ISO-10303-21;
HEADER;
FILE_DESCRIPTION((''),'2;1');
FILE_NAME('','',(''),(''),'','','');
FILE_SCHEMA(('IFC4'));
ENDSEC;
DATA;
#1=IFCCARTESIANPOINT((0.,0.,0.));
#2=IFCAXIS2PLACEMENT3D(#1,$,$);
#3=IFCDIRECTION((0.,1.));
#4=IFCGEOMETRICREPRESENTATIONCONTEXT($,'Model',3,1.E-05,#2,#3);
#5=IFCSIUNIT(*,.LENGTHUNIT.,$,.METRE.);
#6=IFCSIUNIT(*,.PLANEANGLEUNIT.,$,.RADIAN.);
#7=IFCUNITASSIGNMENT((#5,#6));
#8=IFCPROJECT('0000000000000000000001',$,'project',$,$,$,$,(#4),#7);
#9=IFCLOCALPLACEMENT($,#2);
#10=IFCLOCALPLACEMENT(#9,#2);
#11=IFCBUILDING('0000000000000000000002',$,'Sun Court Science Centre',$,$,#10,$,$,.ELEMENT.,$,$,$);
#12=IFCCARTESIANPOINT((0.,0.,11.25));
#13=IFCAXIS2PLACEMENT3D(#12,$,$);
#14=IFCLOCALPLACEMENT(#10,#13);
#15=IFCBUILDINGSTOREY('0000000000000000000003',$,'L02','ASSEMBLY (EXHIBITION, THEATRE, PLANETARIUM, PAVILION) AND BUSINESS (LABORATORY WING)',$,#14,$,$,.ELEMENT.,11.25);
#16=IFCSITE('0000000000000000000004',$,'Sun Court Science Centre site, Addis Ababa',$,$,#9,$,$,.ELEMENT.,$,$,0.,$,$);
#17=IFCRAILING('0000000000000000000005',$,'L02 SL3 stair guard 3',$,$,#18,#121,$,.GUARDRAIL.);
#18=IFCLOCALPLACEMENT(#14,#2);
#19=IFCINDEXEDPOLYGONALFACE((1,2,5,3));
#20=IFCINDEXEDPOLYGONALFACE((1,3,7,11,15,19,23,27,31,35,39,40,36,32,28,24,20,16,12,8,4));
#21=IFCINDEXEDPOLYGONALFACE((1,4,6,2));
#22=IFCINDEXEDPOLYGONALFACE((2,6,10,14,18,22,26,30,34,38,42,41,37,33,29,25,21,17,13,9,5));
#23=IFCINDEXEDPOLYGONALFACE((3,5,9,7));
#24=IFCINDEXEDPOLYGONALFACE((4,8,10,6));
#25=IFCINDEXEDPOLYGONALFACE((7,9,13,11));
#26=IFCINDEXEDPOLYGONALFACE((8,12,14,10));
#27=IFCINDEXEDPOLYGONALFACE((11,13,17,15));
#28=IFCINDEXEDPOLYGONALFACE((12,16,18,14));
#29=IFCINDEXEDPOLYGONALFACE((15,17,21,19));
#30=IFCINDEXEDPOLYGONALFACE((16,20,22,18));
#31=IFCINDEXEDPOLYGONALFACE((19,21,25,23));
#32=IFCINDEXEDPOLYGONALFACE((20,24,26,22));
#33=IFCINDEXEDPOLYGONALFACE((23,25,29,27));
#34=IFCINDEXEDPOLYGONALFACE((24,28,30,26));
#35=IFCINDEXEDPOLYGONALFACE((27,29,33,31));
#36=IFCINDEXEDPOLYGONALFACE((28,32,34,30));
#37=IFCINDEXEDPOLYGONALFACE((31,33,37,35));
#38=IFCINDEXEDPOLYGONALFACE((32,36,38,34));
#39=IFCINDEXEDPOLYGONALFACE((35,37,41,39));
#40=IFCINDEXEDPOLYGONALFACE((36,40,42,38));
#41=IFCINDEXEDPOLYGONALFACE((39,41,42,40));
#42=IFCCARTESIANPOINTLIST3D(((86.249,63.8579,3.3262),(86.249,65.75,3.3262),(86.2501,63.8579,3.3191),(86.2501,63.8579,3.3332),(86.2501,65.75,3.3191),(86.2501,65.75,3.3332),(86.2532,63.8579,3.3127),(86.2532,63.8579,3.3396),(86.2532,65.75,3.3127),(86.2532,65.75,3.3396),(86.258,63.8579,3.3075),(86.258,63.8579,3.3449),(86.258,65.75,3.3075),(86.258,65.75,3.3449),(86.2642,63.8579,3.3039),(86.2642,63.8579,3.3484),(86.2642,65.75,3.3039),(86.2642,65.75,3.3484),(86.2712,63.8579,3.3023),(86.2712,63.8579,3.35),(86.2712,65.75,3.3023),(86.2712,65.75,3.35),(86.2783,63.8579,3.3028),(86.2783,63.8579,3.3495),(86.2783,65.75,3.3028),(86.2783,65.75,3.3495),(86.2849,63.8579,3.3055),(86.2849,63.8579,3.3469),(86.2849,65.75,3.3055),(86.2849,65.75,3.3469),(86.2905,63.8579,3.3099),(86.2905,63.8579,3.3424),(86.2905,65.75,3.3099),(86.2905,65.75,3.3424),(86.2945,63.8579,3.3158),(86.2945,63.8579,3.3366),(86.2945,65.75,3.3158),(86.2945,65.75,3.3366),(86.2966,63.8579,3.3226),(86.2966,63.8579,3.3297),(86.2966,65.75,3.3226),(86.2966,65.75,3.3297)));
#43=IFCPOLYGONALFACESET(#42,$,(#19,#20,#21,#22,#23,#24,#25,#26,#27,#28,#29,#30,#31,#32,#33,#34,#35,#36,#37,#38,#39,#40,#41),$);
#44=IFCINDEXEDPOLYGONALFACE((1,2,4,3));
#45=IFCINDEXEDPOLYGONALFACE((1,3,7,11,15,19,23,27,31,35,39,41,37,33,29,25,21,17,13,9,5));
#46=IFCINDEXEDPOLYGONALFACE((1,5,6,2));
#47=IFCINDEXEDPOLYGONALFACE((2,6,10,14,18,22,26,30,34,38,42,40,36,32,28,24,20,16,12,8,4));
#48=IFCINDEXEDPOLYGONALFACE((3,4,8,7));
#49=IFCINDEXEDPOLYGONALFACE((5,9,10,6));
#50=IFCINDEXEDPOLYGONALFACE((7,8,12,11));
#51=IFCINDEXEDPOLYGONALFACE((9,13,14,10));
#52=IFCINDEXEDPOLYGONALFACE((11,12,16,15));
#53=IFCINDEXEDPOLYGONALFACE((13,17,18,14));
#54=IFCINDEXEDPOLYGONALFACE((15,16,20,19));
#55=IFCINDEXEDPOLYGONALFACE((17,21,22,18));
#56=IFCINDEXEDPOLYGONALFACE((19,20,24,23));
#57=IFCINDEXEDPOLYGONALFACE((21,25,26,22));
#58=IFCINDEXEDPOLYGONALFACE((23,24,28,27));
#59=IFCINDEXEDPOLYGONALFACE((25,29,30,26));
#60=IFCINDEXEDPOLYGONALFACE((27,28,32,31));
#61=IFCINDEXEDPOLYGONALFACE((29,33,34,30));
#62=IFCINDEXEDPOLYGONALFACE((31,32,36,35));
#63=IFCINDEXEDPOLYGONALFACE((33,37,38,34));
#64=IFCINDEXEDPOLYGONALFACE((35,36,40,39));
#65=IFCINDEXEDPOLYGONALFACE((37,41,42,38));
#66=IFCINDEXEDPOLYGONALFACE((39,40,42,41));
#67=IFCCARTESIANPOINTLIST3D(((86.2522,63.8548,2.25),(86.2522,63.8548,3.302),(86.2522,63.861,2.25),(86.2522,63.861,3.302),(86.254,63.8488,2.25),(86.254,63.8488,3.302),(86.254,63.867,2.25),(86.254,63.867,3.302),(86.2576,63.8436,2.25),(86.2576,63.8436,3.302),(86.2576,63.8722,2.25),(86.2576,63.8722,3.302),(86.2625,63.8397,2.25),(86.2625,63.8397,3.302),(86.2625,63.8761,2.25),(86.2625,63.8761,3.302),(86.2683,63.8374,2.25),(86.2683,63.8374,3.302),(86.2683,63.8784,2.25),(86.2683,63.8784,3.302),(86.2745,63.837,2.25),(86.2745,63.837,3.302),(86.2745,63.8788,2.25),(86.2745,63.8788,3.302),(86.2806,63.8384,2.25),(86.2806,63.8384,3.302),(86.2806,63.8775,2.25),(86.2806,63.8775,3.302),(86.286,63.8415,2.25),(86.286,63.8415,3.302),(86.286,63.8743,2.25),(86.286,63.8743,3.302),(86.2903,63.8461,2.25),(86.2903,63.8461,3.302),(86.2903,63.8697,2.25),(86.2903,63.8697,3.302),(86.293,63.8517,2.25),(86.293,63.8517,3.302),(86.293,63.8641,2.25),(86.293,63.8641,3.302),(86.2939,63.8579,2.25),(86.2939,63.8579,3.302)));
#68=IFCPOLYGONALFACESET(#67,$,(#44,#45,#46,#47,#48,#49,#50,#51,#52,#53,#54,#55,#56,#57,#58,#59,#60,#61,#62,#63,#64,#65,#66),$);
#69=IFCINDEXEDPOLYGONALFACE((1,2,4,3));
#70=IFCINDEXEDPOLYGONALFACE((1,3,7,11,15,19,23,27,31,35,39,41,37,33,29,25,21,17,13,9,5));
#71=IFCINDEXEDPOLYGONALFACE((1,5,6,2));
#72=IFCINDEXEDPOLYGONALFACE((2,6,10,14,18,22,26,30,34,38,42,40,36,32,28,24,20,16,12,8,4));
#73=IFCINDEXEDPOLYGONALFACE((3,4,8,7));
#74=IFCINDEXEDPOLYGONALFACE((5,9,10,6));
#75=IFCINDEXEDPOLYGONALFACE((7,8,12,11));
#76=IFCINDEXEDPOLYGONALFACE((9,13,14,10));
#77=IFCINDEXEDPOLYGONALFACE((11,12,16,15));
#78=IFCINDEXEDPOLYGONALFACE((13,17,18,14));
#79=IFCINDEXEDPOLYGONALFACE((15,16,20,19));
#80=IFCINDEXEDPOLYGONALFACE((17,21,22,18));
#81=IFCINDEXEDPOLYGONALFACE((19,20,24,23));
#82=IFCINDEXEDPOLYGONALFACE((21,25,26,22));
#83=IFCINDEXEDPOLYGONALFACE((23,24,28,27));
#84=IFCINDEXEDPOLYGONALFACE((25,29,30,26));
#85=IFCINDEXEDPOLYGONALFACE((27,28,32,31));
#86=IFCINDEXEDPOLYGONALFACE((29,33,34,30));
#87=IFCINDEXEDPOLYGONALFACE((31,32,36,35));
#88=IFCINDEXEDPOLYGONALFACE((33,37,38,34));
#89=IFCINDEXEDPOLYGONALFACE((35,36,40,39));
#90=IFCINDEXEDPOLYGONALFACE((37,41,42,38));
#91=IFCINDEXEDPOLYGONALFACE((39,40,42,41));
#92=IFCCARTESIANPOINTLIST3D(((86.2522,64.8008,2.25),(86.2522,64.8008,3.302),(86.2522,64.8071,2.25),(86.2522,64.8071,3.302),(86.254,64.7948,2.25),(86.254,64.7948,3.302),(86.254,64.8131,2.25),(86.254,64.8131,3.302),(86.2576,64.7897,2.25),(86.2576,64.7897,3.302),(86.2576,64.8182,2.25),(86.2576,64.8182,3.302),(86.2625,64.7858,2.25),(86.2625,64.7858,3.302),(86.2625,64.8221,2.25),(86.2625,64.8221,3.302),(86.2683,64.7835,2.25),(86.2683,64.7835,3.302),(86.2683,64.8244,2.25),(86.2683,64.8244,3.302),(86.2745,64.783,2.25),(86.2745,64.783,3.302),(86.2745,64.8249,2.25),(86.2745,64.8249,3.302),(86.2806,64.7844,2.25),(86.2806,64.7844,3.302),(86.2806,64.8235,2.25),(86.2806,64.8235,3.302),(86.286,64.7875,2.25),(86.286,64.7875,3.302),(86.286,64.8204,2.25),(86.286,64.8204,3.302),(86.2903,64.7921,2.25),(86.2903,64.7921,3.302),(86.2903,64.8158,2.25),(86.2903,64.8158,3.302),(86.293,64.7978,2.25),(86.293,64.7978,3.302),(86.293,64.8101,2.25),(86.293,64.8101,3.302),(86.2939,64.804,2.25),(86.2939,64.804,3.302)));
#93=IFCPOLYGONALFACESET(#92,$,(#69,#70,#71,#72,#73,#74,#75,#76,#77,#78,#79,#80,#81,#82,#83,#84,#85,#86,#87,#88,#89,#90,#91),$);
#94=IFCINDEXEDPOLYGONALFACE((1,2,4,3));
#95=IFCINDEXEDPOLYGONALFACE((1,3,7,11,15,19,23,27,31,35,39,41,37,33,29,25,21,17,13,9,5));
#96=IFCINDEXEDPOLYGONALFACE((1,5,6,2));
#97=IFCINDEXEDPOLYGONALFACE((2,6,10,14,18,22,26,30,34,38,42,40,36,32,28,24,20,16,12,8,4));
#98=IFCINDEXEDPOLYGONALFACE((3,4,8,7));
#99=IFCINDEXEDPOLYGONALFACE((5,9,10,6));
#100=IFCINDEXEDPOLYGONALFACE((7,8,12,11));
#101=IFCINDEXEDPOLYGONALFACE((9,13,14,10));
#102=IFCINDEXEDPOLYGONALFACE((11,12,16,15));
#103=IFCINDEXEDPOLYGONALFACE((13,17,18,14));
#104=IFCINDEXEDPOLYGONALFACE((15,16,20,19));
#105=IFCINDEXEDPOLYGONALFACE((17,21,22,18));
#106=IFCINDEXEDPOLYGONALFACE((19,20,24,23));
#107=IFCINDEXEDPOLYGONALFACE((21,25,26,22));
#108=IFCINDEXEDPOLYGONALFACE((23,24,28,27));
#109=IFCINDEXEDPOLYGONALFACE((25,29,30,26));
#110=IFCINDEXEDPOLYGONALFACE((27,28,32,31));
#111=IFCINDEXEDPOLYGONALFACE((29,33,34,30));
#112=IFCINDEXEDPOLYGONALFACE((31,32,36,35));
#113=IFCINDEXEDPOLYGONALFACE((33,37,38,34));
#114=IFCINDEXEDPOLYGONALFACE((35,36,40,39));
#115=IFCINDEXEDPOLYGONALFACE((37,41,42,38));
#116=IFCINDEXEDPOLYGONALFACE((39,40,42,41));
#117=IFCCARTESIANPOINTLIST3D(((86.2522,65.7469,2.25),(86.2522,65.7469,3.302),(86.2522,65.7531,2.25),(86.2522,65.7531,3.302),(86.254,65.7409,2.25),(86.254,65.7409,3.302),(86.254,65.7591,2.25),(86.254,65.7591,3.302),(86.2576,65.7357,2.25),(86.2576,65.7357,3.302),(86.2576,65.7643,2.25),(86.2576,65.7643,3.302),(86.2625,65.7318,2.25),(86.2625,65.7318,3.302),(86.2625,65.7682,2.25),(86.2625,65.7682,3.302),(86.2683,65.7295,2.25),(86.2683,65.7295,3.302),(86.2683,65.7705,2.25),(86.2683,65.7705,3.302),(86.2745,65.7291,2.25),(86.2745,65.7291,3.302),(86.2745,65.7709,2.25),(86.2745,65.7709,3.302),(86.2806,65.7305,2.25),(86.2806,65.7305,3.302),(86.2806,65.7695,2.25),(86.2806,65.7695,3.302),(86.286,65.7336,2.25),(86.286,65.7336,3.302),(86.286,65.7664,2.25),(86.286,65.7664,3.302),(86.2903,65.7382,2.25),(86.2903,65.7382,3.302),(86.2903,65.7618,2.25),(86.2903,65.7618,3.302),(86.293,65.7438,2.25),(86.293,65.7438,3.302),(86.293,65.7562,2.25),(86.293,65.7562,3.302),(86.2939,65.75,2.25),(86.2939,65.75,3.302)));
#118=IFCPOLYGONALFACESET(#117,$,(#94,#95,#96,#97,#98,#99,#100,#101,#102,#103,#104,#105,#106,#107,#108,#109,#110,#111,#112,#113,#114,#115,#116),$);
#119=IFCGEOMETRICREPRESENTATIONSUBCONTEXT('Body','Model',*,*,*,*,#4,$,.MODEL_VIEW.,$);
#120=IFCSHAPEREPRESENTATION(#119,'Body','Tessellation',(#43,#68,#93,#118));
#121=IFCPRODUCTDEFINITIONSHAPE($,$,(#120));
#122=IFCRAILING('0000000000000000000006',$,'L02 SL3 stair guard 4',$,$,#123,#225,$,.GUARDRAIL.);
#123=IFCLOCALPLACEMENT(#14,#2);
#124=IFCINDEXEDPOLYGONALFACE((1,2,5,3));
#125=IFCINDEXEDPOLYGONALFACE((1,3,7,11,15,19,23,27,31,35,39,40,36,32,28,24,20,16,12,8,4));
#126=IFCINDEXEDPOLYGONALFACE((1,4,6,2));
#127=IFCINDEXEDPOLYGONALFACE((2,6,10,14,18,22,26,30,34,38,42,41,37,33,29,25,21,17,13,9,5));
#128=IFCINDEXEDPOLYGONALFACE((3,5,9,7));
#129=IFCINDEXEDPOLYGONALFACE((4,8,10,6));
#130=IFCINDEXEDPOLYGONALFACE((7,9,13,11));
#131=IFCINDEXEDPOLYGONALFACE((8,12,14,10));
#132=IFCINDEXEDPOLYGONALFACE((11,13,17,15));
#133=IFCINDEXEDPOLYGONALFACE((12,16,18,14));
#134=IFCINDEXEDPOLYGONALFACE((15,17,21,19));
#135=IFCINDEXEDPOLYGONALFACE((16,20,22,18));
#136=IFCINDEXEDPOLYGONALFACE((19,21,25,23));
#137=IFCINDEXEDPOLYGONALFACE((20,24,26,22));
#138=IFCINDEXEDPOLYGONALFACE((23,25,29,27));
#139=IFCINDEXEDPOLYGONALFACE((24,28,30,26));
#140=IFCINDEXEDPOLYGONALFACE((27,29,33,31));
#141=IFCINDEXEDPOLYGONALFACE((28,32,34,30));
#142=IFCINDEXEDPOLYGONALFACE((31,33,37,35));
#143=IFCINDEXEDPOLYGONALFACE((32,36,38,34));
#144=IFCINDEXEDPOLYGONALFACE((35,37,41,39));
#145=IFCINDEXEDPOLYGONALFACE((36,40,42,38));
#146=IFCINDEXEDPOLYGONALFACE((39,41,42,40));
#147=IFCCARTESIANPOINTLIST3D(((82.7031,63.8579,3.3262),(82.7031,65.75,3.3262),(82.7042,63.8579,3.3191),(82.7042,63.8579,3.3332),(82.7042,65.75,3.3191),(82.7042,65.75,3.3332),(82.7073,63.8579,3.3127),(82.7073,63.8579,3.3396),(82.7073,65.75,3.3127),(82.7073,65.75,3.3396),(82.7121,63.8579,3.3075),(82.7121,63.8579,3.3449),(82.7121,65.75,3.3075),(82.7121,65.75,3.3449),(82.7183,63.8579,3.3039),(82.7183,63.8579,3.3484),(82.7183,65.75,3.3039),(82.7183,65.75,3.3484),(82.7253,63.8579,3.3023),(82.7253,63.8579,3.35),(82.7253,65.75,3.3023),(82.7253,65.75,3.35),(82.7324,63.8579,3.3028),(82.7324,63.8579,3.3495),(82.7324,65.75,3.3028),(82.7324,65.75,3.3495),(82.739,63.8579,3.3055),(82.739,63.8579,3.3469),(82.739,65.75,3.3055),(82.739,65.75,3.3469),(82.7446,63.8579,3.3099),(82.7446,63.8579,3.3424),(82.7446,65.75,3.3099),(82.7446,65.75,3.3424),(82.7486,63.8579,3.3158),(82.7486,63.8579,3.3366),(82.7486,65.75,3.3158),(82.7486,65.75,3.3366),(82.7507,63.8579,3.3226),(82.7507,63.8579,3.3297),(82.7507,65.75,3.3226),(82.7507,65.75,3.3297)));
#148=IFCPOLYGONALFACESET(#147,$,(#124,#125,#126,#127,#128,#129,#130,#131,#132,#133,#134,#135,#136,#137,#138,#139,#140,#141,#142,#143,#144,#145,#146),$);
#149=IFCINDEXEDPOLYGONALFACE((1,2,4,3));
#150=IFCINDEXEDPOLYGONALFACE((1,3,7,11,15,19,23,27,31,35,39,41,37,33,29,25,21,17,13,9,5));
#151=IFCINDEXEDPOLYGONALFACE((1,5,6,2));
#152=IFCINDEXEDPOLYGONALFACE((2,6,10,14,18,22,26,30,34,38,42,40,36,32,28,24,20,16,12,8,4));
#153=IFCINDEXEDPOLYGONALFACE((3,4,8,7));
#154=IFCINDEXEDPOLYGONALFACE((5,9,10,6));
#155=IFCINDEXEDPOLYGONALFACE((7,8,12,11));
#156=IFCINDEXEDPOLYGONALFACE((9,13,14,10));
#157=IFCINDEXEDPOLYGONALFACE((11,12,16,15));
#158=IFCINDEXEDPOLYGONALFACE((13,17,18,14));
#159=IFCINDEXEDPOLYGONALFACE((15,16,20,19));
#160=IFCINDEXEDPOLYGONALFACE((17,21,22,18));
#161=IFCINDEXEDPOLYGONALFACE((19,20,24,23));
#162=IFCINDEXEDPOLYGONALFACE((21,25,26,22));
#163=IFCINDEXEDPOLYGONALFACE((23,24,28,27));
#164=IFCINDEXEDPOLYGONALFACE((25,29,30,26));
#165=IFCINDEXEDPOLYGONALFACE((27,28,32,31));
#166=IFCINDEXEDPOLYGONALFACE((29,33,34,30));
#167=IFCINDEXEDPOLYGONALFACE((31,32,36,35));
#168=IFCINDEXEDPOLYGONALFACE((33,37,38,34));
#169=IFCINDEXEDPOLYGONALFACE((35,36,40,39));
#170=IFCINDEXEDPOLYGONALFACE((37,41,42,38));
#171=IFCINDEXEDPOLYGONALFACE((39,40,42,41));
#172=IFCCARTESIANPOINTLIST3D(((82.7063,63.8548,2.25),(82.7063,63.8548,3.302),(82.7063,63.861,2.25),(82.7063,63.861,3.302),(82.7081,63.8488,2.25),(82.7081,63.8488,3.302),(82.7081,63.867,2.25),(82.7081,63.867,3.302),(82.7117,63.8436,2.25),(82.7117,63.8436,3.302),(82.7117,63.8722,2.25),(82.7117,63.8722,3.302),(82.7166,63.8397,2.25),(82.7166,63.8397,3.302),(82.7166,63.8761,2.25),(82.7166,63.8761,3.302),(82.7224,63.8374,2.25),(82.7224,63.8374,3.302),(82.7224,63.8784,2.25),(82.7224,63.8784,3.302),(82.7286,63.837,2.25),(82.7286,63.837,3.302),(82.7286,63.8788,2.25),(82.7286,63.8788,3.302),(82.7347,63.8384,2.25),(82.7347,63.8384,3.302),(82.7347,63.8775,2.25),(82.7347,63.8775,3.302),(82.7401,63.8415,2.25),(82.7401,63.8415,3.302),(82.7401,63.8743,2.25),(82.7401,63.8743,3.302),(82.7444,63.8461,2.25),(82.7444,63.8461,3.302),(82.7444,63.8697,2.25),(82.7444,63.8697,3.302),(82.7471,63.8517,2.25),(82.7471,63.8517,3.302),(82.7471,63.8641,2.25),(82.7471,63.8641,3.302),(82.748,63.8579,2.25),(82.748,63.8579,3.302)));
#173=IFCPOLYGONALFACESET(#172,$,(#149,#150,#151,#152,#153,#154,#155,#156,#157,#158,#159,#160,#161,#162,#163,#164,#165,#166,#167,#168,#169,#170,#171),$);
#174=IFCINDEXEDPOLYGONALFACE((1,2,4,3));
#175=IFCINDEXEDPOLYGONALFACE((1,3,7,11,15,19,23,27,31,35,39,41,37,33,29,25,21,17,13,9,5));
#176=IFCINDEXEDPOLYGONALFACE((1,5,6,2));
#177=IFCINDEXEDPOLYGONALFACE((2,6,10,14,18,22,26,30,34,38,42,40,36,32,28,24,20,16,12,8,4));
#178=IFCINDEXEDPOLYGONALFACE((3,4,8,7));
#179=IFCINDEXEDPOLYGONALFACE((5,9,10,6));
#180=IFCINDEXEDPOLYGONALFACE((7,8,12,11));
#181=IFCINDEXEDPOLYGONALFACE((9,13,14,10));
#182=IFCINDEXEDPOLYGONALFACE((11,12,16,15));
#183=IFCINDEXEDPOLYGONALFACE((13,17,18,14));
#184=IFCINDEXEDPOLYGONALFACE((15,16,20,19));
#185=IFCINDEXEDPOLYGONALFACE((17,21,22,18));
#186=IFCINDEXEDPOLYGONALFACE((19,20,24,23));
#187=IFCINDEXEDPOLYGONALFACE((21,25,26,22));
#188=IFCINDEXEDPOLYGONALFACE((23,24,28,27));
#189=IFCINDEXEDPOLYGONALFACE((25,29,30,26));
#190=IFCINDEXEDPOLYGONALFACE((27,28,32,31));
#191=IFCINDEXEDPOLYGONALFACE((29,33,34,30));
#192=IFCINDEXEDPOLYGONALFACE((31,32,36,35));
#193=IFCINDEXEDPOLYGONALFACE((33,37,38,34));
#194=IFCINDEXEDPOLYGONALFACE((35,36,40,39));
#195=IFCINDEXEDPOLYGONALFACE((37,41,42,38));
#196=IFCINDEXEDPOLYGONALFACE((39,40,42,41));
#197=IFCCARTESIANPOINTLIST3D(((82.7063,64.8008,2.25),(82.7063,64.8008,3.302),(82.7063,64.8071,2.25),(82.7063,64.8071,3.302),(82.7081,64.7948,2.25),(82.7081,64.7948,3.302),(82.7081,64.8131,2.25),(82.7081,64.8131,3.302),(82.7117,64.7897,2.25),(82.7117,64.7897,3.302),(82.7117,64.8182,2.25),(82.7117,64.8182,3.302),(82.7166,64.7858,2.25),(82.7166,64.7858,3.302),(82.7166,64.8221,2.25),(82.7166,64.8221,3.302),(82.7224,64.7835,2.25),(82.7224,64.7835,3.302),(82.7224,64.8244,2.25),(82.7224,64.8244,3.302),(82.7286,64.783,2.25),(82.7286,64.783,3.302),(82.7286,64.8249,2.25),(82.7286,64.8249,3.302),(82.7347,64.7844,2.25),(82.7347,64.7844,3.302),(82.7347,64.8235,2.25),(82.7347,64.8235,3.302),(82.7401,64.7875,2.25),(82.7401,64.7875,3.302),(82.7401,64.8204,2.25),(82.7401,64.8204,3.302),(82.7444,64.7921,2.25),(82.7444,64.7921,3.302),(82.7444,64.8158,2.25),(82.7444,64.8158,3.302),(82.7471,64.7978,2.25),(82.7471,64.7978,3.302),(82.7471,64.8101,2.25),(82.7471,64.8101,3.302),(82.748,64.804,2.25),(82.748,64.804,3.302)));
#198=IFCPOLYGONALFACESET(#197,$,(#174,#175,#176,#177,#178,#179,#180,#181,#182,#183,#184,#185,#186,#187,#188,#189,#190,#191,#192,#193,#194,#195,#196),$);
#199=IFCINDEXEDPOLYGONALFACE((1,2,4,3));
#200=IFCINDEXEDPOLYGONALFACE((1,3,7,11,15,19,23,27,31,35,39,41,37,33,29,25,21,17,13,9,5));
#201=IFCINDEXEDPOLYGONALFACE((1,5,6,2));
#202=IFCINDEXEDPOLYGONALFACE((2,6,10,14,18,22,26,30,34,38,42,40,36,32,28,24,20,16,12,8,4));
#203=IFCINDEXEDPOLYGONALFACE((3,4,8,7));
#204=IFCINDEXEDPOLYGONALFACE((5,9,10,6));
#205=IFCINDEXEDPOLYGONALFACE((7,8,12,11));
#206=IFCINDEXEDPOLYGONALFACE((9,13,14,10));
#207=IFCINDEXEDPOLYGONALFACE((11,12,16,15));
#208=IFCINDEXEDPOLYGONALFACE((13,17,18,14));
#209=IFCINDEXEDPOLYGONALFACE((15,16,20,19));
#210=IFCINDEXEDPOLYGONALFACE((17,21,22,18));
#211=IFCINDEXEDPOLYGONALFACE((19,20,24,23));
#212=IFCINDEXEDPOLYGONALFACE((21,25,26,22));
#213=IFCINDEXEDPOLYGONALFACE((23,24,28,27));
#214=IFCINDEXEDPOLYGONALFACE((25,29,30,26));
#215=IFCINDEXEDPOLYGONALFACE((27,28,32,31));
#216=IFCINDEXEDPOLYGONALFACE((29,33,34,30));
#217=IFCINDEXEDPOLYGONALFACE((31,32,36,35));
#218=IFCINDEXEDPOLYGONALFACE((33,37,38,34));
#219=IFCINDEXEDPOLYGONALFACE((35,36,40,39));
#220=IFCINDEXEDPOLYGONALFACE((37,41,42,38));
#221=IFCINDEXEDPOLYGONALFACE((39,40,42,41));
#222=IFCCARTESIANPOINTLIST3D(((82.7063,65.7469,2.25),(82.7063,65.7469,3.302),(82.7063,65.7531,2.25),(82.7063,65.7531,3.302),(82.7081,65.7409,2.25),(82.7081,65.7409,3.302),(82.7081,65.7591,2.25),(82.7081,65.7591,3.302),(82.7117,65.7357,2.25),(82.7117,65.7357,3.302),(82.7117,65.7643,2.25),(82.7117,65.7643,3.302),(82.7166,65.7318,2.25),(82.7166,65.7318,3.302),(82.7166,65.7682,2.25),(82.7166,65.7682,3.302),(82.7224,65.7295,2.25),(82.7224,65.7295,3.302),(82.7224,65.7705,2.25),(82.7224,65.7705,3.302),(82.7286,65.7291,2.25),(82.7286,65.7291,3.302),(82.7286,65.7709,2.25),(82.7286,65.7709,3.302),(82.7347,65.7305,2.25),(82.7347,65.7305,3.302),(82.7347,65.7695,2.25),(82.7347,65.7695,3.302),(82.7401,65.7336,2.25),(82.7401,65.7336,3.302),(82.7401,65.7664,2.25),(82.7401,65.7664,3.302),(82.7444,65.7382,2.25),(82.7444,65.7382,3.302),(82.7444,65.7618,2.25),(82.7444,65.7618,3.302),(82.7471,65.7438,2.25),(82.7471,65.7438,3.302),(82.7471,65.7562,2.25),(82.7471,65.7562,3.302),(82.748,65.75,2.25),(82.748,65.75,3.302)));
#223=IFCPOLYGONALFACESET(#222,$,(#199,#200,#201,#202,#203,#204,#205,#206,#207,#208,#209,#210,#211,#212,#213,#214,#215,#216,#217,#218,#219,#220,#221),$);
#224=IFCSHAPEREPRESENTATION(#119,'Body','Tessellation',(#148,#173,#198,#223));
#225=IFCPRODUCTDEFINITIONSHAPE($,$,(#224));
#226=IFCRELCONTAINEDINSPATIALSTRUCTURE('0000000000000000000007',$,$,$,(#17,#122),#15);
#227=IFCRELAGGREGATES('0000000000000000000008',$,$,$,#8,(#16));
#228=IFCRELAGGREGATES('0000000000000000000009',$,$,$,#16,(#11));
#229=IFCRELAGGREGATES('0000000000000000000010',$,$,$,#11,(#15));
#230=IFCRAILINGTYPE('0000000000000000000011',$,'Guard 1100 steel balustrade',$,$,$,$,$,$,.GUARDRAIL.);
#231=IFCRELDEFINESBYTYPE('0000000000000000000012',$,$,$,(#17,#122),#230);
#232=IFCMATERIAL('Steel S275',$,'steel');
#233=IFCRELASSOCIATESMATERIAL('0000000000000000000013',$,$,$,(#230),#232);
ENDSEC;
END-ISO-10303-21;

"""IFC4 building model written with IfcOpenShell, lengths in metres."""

from ifc_helpers import new_model, si_unit, direction, frame, origin, origin_2d, place, context, subcontext, project, spatial, circle, extrude, material, type_object, element, save


model = new_model("IFC4")

# Units and contexts
model_context = context("Model", 3, precision=1e-05, world=origin(), true_north=direction((0.0, 1.0)))
body_context = subcontext(model_context, "Body", "Model", "MODEL_VIEW")
ifc_project = project(units=[si_unit("LENGTHUNIT", "METRE"), si_unit("PLANEANGLEUNIT", "RADIAN")], contexts=[model_context])

# Site, building, storey
site_placement = place(None, origin())
site = spatial("IfcSite", under=ifc_project, at=site_placement, Name="Sun Court Science Centre site, Addis Ababa", CompositionType="ELEMENT", RefElevation=0.0)
building_placement = place(site_placement, origin())
building = spatial("IfcBuilding", under=site, at=building_placement, Name="Sun Court Science Centre", CompositionType="ELEMENT")
storey_placement = place(building_placement, frame((0.0, 0.0, 11.25)))
storey = spatial("IfcBuildingStorey", under=building, at=storey_placement, Name="L02", Description="ASSEMBLY (EXHIBITION, THEATRE, PLANETARIUM, PAVILION) AND BUSINESS (LABORATORY WING)", CompositionType="ELEMENT", Elevation=11.25)

# Railings
ifc_material_1 = material(Name="Steel S275", Category="steel")
railing_type_1 = type_object("IfcRailingType", Name="Guard 1100 steel balustrade", PredefinedType="GUARDRAIL", material=ifc_material_1)
for number, where, name in (
    (1, (86.2729, 63.8579, 2.25), "L02 SL3 stair guard 3"),
    (2, (82.7271, 63.8579, 2.25), "L02 SL3 stair guard 4"),
):
    element("IfcRailing", number, at=place(storey_placement, frame(where)), inside=storey, type_object=railing_type_1, Name=name, PredefinedType="GUARDRAIL", context=body_context, shape_type="SweptSolid", body=[
        extrude(circle(Radius=0.0239, at=origin_2d()), frame((0.0, 0.0, 1.0762), z_axis=(0.0, 1.0, 0.0), x_axis=(-1.0, 0.0, 0.0)), (0.0, 0.0, 1.0), 1.8921),
        extrude(circle(Radius=0.021, at=origin_2d()), origin(), (0.0, 0.0, 1.0), 1.052),
        extrude(circle(Radius=0.021, at=origin_2d()), frame((0.0, 0.946, 0.0)), (0.0, 0.0, 1.0), 1.052),
        extrude(circle(Radius=0.021, at=origin_2d()), frame((0.0, 1.8921, 0.0)), (0.0, 0.0, 1.0), 1.052),
    ])

save(model, "model.ifc")
